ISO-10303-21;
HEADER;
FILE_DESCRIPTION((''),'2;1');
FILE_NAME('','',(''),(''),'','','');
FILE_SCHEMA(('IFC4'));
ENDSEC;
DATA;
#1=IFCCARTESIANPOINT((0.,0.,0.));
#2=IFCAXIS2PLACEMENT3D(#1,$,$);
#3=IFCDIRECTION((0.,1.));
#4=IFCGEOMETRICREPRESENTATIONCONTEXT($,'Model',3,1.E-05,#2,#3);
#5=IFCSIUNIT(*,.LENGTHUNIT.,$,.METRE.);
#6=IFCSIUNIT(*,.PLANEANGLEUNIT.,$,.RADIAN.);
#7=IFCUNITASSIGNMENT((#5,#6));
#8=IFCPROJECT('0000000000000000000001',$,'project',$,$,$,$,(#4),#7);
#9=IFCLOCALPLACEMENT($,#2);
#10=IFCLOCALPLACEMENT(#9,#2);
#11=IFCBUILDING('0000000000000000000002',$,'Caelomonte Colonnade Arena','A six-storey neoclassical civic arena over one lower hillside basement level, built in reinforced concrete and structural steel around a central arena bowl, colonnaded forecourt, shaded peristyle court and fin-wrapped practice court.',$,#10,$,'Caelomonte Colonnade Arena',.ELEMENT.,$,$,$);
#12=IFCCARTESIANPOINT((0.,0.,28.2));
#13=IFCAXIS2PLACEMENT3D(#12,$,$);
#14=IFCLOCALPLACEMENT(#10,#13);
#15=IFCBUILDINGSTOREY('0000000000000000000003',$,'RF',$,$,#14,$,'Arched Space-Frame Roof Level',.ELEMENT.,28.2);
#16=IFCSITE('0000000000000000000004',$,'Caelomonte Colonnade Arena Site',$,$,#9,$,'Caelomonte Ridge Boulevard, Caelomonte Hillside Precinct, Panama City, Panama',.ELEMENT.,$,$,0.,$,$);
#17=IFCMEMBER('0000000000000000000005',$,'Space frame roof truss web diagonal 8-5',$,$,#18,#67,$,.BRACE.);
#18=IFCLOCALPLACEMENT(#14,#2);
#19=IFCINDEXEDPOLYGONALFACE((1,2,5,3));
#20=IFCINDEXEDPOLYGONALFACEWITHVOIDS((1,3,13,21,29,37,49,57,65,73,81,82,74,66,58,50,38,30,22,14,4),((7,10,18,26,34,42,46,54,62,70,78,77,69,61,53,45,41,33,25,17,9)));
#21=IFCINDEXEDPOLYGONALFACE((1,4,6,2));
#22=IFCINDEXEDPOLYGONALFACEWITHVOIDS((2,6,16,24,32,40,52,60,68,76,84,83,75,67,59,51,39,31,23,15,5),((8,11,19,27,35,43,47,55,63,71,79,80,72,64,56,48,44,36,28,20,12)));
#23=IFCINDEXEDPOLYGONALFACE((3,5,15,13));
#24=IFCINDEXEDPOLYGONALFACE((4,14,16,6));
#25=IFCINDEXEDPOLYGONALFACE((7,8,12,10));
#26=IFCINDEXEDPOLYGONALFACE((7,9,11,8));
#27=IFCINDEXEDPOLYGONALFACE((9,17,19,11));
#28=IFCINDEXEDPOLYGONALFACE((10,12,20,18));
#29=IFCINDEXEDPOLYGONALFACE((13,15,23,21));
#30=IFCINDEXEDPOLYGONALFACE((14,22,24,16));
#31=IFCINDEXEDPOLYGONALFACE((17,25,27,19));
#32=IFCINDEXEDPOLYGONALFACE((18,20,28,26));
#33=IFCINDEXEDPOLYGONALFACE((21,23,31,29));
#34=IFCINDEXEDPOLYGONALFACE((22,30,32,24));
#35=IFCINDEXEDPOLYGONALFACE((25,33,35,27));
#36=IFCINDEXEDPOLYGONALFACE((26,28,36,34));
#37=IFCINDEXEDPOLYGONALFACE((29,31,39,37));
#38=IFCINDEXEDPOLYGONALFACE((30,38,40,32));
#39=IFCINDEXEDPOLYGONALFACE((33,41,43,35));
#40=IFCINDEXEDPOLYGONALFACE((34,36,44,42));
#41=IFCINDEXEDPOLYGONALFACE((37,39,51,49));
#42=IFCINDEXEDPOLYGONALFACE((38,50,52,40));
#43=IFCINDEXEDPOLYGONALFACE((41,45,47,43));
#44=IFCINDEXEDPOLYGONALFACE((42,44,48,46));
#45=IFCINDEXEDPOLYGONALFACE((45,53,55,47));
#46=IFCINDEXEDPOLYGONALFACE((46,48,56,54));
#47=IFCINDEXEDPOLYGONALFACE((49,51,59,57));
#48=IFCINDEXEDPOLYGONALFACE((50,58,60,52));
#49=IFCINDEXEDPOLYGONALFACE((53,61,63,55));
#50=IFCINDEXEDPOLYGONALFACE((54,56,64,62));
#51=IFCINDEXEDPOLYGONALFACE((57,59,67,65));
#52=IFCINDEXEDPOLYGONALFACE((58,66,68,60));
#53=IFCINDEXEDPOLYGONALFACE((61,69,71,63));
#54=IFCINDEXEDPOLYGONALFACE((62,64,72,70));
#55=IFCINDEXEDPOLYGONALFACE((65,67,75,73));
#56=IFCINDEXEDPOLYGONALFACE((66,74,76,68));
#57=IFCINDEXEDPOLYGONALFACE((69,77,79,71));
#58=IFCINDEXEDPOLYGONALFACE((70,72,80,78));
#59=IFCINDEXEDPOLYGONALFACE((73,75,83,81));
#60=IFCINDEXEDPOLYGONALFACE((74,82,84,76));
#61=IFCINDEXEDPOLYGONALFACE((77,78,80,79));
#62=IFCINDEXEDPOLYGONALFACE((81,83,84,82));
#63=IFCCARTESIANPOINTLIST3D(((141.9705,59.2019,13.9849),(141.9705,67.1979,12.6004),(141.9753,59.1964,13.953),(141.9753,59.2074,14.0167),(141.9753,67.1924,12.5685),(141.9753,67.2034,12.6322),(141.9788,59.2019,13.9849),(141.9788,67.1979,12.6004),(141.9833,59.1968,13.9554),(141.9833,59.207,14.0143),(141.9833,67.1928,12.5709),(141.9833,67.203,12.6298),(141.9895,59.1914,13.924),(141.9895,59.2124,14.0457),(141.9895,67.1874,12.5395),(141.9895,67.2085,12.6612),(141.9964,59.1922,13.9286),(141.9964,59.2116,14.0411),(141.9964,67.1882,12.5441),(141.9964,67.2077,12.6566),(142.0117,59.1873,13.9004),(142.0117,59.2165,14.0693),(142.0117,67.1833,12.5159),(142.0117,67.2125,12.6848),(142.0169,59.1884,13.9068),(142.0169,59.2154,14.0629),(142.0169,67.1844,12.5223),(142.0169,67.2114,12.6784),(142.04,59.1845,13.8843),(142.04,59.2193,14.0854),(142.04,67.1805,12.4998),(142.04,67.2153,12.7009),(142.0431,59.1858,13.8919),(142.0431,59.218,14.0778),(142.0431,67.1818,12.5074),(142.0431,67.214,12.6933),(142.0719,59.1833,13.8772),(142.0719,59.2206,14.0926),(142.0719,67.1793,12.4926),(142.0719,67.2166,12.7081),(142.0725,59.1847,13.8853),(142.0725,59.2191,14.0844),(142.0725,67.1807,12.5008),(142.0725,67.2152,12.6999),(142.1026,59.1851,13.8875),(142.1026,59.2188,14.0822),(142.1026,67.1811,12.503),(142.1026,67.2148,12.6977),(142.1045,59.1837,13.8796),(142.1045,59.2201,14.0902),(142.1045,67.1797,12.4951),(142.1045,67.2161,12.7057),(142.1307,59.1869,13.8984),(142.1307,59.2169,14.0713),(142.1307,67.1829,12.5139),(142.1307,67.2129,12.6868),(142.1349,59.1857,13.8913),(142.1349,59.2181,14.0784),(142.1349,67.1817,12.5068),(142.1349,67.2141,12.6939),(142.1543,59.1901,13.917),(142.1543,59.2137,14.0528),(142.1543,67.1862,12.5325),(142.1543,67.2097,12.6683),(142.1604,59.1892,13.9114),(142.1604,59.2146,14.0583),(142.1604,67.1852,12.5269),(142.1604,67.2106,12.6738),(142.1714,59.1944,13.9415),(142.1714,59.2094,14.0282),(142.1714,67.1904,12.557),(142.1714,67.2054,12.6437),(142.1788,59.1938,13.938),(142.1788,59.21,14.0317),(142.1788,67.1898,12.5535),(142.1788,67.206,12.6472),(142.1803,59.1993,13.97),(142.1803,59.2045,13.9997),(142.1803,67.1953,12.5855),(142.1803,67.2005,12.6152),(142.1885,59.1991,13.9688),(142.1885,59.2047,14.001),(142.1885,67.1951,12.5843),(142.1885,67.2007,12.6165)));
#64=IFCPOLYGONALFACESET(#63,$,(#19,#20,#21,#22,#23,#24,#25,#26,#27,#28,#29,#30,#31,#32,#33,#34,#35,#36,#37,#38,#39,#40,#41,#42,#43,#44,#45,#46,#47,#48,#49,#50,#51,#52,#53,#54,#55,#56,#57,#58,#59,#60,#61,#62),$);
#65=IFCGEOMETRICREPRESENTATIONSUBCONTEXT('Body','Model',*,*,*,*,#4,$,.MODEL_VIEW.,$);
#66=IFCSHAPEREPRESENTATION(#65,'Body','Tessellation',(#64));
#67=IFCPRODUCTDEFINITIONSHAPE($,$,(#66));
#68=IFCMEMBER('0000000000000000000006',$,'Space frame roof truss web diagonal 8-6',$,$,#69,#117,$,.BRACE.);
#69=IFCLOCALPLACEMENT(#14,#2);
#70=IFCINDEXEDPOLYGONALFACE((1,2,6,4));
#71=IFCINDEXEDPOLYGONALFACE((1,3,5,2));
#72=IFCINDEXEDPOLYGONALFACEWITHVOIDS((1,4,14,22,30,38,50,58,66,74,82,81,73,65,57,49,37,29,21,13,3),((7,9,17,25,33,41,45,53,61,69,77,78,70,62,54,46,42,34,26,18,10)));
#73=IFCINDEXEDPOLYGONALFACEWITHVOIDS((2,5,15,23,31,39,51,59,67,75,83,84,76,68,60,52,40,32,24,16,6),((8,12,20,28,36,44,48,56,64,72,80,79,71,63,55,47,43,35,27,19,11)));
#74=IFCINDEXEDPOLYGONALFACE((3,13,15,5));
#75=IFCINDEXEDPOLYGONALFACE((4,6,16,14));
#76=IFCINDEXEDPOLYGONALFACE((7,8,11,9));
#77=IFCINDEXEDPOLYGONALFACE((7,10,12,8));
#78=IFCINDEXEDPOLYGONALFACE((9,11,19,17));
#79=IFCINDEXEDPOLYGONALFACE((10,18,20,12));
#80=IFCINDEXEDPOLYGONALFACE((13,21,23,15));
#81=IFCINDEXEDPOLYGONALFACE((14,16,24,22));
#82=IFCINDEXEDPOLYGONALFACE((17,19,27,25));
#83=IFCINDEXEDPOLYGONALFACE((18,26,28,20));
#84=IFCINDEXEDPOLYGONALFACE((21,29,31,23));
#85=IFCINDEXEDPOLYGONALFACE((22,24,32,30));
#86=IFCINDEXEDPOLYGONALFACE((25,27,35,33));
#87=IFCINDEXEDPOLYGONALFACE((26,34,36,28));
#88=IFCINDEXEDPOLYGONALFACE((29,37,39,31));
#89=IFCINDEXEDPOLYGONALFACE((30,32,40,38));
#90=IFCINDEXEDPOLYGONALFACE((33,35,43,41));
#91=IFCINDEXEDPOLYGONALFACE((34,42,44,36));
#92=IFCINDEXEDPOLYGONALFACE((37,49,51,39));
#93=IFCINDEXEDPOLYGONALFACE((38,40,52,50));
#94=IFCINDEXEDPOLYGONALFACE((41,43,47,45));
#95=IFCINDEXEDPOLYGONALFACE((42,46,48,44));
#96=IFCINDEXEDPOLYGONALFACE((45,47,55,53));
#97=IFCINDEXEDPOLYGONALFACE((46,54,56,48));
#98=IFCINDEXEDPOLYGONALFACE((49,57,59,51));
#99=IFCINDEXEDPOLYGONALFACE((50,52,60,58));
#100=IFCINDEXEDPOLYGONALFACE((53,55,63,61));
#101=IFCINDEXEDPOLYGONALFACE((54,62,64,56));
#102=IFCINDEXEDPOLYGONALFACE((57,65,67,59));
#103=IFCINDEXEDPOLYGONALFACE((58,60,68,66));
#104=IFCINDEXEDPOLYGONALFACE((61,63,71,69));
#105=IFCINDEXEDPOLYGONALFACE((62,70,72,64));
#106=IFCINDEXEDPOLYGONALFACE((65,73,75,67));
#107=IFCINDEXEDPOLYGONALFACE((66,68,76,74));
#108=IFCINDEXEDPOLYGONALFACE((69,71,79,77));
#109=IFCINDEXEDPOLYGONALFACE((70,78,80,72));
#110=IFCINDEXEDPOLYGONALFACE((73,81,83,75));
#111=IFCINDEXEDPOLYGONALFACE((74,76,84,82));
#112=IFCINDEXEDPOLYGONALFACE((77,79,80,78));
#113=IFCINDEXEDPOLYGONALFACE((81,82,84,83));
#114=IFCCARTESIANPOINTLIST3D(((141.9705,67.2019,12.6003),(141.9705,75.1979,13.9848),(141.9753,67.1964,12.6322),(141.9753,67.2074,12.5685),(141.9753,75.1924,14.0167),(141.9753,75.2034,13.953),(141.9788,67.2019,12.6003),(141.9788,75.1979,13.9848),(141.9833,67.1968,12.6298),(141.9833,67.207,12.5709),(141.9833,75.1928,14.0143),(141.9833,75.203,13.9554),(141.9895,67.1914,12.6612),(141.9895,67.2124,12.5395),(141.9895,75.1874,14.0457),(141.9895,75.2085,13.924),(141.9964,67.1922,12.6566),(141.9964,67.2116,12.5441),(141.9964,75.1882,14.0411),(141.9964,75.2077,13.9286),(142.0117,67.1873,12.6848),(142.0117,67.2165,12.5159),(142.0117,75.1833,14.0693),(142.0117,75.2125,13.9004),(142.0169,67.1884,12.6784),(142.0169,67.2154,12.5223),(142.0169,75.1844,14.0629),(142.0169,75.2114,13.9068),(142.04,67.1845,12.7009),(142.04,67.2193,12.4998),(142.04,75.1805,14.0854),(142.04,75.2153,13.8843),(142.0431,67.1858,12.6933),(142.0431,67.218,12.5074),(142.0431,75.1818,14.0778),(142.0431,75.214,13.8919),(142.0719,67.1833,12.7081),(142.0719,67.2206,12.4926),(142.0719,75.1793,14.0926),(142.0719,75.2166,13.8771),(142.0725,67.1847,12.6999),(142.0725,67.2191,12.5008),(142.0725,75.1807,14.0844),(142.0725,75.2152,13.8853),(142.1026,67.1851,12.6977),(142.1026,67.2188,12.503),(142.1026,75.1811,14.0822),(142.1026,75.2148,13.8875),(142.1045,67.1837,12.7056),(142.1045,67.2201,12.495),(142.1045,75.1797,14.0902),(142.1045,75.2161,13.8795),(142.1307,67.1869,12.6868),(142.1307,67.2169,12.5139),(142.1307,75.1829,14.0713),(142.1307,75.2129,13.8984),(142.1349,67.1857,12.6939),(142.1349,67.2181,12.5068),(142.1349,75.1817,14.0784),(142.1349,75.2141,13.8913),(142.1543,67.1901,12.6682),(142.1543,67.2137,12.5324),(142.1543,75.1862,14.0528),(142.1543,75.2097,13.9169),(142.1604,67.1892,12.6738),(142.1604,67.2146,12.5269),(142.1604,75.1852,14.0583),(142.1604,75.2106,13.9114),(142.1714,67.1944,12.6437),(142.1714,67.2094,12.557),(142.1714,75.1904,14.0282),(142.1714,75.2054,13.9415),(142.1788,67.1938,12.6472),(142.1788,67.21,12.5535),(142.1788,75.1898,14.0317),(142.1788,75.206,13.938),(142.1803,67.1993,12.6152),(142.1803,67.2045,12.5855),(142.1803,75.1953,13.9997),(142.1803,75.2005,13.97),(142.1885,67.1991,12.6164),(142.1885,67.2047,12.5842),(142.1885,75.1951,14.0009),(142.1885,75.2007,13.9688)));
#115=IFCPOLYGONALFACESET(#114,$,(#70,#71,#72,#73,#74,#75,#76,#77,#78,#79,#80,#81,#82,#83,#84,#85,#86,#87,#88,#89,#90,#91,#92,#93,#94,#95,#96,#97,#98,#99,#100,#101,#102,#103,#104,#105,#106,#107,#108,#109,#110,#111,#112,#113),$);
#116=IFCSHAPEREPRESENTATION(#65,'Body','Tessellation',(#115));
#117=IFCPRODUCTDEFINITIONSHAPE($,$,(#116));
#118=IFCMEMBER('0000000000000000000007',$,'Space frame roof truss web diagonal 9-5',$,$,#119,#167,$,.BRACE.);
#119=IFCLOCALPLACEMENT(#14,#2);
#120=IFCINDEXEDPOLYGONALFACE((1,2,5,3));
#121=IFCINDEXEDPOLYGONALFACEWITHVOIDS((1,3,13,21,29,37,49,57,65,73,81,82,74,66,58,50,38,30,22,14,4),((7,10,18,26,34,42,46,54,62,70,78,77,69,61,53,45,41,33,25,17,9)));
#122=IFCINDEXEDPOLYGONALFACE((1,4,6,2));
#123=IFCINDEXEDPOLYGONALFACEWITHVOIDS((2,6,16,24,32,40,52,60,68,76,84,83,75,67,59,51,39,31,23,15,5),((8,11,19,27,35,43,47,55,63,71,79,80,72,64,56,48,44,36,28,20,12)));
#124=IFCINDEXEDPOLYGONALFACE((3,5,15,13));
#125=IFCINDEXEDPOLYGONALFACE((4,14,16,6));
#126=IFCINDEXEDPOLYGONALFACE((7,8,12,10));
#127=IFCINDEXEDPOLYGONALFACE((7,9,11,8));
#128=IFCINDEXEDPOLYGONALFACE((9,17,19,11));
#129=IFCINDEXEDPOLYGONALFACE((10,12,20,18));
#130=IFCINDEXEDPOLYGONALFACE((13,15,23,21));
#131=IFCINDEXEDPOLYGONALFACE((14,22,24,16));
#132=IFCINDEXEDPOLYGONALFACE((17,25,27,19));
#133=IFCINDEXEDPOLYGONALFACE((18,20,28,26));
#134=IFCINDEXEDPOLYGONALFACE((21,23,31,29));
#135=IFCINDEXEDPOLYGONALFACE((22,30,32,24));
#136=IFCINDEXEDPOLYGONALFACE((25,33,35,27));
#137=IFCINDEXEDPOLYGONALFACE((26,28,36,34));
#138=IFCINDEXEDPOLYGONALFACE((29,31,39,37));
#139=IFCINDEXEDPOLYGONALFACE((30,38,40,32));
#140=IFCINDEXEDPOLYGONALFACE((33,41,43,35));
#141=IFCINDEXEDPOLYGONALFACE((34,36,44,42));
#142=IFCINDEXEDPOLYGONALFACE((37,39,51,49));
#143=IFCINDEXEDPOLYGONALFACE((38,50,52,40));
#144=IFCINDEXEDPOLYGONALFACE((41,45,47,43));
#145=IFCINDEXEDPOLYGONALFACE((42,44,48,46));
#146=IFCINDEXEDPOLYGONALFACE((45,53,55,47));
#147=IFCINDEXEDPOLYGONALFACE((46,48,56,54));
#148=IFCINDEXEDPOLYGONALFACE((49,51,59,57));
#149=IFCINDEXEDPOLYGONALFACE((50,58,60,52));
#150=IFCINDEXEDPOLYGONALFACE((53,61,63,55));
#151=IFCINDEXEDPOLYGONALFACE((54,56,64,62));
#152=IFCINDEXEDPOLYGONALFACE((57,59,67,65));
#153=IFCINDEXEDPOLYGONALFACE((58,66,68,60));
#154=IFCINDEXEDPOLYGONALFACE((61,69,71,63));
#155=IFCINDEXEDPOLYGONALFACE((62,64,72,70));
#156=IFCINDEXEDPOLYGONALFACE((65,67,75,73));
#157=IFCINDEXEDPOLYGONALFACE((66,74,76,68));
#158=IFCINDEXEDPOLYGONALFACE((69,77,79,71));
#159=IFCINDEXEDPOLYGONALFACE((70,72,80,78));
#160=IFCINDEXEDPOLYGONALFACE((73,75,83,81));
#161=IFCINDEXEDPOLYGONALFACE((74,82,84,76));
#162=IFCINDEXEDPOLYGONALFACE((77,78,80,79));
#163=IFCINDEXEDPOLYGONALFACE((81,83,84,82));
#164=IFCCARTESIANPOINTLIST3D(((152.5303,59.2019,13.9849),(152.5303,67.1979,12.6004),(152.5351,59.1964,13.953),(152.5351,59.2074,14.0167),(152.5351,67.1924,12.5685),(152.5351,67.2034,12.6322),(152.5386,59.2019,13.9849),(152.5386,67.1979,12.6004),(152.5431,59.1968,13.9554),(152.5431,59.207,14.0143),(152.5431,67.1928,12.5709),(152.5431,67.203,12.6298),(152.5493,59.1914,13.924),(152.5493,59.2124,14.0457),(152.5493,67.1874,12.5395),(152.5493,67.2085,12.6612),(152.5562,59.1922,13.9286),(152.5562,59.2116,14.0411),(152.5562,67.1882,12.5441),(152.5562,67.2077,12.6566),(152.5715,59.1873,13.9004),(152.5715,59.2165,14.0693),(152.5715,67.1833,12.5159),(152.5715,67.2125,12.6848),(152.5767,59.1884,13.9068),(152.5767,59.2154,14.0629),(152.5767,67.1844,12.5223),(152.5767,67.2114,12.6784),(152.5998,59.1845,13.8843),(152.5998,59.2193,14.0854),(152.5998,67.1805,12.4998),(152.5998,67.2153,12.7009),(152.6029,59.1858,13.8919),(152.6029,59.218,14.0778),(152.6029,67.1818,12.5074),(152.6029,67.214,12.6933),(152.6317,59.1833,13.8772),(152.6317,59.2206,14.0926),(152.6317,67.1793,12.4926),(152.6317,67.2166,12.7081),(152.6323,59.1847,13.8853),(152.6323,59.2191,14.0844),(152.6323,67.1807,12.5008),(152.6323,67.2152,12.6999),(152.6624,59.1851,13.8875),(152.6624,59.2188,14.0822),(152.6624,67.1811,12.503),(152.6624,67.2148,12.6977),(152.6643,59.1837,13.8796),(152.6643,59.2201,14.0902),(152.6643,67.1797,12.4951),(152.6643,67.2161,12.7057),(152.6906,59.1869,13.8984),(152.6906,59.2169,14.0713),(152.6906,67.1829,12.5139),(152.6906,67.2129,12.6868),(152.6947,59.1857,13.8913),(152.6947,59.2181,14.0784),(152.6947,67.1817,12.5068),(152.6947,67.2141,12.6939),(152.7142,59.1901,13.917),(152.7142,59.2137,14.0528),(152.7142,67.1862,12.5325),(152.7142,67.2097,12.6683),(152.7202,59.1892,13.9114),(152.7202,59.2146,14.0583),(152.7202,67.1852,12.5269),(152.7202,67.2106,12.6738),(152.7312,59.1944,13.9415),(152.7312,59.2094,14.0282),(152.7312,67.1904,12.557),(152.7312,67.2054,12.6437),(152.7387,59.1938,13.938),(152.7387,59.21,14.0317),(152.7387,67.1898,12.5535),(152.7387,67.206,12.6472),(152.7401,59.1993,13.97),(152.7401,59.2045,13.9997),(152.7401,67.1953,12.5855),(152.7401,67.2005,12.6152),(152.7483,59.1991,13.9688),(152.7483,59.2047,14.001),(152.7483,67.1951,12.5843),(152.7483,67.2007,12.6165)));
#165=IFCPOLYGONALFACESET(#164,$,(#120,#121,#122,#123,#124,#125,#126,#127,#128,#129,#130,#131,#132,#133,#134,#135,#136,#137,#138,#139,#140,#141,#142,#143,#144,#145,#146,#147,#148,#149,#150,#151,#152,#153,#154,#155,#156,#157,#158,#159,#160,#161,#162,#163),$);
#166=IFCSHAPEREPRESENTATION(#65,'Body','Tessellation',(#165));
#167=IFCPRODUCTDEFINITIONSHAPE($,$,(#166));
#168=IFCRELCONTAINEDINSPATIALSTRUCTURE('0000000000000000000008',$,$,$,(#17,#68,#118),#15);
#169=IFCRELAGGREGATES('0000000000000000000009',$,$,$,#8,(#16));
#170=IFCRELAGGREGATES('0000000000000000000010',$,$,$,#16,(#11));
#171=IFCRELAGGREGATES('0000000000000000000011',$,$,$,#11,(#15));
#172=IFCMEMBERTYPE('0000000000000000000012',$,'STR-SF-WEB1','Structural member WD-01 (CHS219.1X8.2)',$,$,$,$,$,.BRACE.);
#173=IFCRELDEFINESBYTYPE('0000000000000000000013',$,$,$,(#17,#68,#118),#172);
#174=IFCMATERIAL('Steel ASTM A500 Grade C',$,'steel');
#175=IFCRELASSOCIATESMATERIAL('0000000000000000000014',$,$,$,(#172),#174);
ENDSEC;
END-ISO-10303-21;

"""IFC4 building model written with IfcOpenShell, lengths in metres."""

from ifc_helpers import new_model, si_unit, direction, frame, origin, origin_2d, place, context, subcontext, project, spatial, hollow_circle, extrude, material, material_profile, profile_set, type_object, element, save


model = new_model("IFC4")

# Units and contexts
model_context = context("Model", 3, precision=1e-05, world=origin(), true_north=direction((0.0, 1.0)))
body_context = subcontext(model_context, "Body", "Model", "MODEL_VIEW")
ifc_project = project(units=[si_unit("LENGTHUNIT", "METRE"), si_unit("PLANEANGLEUNIT", "RADIAN")], contexts=[model_context])

# Site, building, storey
site_placement = place(None, origin())
site = spatial("IfcSite", under=ifc_project, at=site_placement, Name="Caelomonte Colonnade Arena Site", LongName="Caelomonte Ridge Boulevard, Caelomonte Hillside Precinct, Panama City, Panama", CompositionType="ELEMENT", RefElevation=0.0)
building_placement = place(site_placement, origin())
building = spatial("IfcBuilding", under=site, at=building_placement, Name="Caelomonte Colonnade Arena", Description="A six-storey neoclassical civic arena over one lower hillside basement level, built in reinforced concrete and structural steel around a central arena bowl, colonnaded forecourt, shaded peristyle court and fin-wrapped practice court.", LongName="Caelomonte Colonnade Arena", CompositionType="ELEMENT")
storey_placement = place(building_placement, frame((0.0, 0.0, 28.2)))
storey = spatial("IfcBuildingStorey", under=building, at=storey_placement, Name="RF", LongName="Arched Space-Frame Roof Level", CompositionType="ELEMENT", Elevation=28.2)

# Members
ifc_material_1 = material(Name="Steel ASTM A500 Grade C", Category="steel")
ifc_material_profile_1 = material_profile(ifc_material_1, hollow_circle(Radius=0.1096, WallThickness=0.0083, at=origin_2d()), Name="CHS219.1X8.2")
ifc_profile_set_1 = profile_set([ifc_material_profile_1], Name="Steel ASTM A500 Grade C")
member_type_1 = type_object("IfcMemberType", Name="STR-SF-WEB1", Description="Structural member WD-01 (CHS219.1X8.2)", PredefinedType="BRACE", material=ifc_profile_set_1)
for number, where, z_axis, x_axis, name in (
    (1, (142.0801, 59.2019, 13.9849), (0.0, 0.985338, -0.170611), (-1.0, 0.0, 0.0), "Space frame roof truss web diagonal 8-5"),
    (2, (142.0801, 67.2019, 12.6003), (0.0, 0.985338, 0.170611), (-1.0, 0.0, 0.0), "Space frame roof truss web diagonal 8-6"),
    (3, (152.6399, 59.2019, 13.9849), (0.0, 0.985338, -0.170611), (-1.0, 0.0, 0.0), "Space frame roof truss web diagonal 9-5"),
):
    element("IfcMember", number, at=place(storey_placement, frame(where, z_axis=z_axis, x_axis=x_axis)), inside=storey, type_object=member_type_1, Name=name, PredefinedType="BRACE", context=body_context, shape_type="SweptSolid", body=[
        extrude(hollow_circle(Radius=0.1096, WallThickness=0.0083, at=origin_2d()), origin(), (0.0, 0.0, 1.0), 8.115),
    ])

save(model, "model.ifc")
